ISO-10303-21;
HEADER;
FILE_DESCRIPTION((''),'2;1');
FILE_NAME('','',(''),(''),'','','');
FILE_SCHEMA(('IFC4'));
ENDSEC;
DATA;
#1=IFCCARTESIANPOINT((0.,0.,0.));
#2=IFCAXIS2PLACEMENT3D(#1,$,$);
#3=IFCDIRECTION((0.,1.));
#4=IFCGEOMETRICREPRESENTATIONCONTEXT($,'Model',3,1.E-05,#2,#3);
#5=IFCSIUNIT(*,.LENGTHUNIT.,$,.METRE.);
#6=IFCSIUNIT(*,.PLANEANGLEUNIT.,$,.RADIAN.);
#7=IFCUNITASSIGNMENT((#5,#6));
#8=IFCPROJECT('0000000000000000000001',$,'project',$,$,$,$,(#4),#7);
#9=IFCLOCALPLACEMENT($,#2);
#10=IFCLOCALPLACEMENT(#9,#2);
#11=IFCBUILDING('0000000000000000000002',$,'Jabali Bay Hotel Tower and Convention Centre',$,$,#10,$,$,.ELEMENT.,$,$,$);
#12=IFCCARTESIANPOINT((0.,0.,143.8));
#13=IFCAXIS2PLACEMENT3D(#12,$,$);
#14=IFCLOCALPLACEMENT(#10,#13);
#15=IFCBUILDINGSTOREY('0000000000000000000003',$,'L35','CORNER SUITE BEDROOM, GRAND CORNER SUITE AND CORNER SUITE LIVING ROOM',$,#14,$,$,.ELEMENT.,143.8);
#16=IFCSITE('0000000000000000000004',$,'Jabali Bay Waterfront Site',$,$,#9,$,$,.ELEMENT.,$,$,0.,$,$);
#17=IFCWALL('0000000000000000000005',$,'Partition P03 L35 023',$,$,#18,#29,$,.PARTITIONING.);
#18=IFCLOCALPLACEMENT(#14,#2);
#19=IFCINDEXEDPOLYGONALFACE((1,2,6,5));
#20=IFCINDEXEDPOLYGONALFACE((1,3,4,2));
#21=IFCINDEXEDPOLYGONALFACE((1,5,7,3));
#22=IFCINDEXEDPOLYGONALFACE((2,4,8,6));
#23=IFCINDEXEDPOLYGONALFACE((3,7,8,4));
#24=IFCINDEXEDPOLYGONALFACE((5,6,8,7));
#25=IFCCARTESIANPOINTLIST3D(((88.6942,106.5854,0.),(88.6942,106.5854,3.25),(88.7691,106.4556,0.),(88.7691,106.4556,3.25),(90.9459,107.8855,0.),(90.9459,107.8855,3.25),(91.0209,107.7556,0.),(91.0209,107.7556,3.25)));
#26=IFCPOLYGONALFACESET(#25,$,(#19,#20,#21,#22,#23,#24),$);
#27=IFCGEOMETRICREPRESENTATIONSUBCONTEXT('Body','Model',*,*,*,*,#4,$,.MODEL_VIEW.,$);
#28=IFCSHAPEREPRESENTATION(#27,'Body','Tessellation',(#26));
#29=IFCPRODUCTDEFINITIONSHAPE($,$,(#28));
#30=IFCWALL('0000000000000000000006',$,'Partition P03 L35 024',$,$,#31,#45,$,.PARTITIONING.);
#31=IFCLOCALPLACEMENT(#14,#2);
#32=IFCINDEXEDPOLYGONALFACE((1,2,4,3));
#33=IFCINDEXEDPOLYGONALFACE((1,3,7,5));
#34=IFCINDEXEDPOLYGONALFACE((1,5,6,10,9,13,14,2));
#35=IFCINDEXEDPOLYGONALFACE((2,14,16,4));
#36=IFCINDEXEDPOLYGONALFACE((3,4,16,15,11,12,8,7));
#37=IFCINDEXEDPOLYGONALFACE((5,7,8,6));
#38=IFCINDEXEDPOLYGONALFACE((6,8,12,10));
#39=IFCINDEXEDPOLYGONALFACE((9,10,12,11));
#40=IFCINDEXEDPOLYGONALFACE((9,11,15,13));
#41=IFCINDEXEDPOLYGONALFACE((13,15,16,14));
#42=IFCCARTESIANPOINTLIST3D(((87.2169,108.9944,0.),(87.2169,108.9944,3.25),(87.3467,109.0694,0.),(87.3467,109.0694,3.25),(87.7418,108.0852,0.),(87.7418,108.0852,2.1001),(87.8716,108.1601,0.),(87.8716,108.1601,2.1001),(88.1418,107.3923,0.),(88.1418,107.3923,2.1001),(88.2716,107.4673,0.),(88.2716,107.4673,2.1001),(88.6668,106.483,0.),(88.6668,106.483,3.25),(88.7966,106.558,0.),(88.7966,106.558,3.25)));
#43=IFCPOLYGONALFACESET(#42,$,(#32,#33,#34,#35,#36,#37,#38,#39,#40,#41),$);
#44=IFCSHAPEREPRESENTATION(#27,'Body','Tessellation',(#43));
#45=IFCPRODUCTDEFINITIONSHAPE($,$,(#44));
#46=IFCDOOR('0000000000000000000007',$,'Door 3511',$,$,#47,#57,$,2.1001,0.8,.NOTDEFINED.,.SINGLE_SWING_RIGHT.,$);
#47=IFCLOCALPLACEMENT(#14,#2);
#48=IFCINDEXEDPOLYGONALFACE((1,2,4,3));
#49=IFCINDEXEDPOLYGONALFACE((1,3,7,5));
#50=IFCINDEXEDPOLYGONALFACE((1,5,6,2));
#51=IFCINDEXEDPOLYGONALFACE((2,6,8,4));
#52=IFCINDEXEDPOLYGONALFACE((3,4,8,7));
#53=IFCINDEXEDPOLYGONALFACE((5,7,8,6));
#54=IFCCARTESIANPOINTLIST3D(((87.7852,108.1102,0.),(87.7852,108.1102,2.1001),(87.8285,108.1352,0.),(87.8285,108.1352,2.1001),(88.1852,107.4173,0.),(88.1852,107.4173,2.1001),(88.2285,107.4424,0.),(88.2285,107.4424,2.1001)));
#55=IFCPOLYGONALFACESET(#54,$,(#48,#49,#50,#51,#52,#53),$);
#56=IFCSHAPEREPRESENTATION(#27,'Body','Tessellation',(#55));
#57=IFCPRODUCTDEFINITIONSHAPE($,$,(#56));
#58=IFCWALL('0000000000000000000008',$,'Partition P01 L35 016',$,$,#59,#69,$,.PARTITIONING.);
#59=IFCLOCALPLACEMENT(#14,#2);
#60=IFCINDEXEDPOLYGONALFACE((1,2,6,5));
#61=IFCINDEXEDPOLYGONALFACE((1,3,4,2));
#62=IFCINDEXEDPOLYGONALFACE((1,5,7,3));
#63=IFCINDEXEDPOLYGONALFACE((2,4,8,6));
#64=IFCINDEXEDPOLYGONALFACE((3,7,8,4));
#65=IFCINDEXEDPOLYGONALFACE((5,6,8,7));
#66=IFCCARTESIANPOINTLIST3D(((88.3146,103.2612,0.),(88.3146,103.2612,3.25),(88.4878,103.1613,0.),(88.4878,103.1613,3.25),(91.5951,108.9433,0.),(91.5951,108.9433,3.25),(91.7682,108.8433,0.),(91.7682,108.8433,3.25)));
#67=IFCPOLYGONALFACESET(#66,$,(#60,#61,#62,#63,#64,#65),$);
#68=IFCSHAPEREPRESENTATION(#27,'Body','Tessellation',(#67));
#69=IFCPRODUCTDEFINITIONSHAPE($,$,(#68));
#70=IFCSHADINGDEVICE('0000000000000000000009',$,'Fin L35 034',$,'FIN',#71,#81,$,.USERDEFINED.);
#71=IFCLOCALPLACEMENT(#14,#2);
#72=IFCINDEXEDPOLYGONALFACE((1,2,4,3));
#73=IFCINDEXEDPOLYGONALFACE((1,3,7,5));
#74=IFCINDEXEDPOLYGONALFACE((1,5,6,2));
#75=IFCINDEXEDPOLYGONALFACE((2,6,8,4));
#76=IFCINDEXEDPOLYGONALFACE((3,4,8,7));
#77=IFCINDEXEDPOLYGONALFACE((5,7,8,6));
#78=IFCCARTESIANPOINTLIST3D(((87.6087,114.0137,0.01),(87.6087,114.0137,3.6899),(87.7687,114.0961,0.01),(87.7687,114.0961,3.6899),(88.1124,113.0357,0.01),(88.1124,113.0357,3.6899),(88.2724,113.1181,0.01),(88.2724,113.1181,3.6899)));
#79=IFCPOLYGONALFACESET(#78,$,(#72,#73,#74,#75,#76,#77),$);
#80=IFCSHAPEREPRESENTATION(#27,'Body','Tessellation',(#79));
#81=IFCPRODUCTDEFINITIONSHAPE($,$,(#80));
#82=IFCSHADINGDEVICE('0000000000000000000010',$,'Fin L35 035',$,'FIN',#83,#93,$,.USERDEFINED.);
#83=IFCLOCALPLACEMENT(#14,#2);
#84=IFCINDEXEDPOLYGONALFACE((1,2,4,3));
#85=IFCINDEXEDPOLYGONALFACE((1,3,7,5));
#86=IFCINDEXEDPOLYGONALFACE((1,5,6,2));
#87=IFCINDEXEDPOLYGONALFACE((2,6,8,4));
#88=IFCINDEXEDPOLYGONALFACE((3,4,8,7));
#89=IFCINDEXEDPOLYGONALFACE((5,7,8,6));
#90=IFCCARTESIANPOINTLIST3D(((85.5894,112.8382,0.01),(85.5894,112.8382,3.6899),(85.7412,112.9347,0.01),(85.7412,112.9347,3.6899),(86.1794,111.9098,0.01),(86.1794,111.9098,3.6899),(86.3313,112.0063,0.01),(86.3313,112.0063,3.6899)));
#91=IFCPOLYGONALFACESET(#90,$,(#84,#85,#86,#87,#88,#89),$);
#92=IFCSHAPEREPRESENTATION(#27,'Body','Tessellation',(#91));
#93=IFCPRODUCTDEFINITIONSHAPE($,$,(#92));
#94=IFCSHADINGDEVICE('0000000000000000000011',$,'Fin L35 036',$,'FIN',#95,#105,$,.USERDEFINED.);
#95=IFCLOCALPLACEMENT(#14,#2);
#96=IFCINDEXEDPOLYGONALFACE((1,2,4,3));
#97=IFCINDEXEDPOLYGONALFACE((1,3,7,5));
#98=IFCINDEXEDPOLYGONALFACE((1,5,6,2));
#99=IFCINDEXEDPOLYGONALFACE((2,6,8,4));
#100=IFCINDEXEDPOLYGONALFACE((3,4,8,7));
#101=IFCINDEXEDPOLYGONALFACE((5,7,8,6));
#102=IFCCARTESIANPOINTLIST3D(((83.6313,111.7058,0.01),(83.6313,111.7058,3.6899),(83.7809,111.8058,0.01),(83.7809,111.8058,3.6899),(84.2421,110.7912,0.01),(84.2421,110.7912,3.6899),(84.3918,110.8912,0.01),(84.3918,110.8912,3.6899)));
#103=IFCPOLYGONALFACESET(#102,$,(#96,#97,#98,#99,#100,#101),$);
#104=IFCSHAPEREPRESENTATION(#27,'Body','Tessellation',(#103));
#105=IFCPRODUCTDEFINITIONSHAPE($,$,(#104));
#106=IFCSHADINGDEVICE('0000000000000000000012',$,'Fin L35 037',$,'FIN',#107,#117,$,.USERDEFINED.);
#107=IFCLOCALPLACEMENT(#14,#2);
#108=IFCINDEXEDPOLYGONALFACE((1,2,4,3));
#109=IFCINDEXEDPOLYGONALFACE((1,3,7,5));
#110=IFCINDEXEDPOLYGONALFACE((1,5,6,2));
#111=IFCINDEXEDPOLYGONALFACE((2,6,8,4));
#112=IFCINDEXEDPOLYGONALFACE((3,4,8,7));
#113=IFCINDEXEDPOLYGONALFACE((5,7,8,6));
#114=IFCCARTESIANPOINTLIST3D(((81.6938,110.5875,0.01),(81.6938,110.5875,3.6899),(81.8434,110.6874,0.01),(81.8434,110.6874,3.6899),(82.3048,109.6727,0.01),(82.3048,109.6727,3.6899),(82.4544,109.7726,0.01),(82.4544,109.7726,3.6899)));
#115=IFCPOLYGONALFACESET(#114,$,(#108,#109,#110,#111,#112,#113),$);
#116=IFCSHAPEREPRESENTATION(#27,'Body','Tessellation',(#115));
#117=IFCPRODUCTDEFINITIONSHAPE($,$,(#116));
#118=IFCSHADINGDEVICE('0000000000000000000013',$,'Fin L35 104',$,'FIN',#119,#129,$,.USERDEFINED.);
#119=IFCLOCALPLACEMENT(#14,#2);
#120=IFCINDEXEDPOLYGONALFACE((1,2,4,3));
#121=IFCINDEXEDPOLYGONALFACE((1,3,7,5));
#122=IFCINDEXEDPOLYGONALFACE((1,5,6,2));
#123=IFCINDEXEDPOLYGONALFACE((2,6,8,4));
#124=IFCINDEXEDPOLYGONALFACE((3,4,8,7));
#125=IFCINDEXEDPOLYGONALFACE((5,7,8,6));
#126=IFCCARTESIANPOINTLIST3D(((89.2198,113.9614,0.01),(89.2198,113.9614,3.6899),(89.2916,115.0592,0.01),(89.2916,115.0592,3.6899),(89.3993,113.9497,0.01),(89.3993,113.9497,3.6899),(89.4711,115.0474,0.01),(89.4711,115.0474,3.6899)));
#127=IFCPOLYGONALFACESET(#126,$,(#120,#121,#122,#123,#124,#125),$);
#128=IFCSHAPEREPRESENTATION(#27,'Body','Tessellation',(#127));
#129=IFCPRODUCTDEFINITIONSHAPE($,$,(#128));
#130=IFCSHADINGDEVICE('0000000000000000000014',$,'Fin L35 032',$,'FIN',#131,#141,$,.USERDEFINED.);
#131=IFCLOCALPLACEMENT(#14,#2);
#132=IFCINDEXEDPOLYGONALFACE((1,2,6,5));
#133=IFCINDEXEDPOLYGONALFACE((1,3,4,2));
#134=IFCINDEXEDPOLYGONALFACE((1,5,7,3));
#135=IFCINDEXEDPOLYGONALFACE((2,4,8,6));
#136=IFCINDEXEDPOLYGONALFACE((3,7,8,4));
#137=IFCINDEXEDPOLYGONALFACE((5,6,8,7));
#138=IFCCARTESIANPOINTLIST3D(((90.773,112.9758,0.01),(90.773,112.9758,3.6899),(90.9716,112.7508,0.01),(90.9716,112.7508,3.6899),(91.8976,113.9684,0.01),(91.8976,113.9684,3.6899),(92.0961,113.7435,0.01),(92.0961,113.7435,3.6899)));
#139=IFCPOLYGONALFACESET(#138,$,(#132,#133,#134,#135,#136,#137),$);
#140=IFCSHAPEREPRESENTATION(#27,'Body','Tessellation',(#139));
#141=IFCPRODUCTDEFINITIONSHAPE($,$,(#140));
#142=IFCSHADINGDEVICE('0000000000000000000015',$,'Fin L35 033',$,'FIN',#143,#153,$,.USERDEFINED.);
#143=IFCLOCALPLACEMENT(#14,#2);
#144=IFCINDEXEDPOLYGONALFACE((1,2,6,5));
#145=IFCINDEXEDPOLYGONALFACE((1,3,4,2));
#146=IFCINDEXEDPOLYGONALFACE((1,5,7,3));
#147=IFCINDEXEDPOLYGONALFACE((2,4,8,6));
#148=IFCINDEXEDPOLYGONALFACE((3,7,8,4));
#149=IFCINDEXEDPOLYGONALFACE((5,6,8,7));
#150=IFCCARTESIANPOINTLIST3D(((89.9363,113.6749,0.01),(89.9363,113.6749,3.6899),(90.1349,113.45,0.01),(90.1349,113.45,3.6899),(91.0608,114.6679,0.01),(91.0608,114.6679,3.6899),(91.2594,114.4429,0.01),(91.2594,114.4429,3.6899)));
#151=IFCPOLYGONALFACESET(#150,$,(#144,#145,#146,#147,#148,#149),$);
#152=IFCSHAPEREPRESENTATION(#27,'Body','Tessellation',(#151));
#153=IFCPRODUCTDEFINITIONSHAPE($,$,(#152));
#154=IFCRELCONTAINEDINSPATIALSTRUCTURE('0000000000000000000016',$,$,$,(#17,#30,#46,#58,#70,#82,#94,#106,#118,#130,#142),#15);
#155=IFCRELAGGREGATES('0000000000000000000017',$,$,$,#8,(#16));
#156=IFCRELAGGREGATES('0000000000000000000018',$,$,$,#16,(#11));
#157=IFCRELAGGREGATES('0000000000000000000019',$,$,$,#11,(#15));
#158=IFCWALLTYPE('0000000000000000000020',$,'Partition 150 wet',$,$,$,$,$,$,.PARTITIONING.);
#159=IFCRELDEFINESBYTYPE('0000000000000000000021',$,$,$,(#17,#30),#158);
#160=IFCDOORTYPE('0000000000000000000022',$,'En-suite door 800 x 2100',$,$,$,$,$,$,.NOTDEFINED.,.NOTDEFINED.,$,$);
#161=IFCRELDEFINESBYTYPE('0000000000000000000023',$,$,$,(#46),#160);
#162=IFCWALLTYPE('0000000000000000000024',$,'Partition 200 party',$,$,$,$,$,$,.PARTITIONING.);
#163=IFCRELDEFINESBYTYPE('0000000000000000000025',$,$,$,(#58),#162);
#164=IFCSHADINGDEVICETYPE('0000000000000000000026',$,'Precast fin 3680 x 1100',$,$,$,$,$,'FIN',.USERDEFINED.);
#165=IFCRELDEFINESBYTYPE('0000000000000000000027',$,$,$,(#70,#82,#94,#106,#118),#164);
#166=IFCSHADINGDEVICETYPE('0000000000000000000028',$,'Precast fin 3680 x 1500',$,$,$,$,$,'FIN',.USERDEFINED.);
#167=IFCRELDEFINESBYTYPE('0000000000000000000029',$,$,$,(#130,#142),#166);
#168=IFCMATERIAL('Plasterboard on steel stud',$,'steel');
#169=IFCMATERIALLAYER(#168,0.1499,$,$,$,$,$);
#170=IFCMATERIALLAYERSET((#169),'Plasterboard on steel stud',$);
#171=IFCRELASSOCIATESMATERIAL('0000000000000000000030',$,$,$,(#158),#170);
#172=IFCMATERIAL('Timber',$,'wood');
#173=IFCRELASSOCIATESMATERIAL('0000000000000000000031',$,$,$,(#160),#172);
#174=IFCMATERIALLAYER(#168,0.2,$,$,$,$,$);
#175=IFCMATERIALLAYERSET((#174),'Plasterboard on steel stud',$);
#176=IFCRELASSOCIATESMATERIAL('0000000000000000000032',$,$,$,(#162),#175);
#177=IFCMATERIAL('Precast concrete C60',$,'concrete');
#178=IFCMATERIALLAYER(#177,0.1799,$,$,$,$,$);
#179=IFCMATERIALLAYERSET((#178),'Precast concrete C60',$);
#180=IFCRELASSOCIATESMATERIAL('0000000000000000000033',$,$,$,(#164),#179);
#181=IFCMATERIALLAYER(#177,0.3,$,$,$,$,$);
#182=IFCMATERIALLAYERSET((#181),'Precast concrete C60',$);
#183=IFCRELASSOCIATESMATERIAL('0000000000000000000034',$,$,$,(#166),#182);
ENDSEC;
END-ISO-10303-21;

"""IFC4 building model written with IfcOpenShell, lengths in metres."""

from ifc_helpers import new_model, si_unit, direction, frame, frame_2d, origin, place, context, subcontext, project, spatial, rectangle, extrude, material, layer, layer_set, type_object, element, fill, save


model = new_model("IFC4")

# Units and contexts
model_context = context("Model", 3, precision=1e-05, world=origin(), true_north=direction((0.0, 1.0)))
body_context = subcontext(model_context, "Body", "Model", "MODEL_VIEW")
ifc_project = project(units=[si_unit("LENGTHUNIT", "METRE"), si_unit("PLANEANGLEUNIT", "RADIAN")], contexts=[model_context])

# Site, building, storey
site_placement = place(None, origin())
site = spatial("IfcSite", under=ifc_project, at=site_placement, Name="Jabali Bay Waterfront Site", CompositionType="ELEMENT", RefElevation=0.0)
building_placement = place(site_placement, origin())
building = spatial("IfcBuilding", under=site, at=building_placement, Name="Jabali Bay Hotel Tower and Convention Centre", CompositionType="ELEMENT")
storey_placement = place(building_placement, frame((0.0, 0.0, 143.8)))
storey = spatial("IfcBuildingStorey", under=building, at=storey_placement, Name="L35", Description="CORNER SUITE BEDROOM, GRAND CORNER SUITE AND CORNER SUITE LIVING ROOM", CompositionType="ELEMENT", Elevation=143.8)

# Wall
ifc_material_1 = material(Name="Plasterboard on steel stud", Category="steel")
ifc_layer_1 = layer(ifc_material_1, 0.1499)
ifc_layer_set_1 = layer_set([ifc_layer_1], Name="Plasterboard on steel stud")
wall_type_1 = type_object("IfcWallType", Name="Partition 150 wet", PredefinedType="PARTITIONING", material=ifc_layer_set_1)
wall_1_placement = place(storey_placement, frame((90.9834, 107.8206, 0.0), z_axis=(0.0, 0.0, 1.0), x_axis=(-0.866021, -0.500007, 0.0)))
element("IfcWall", 1, at=wall_1_placement, inside=storey, type_object=wall_type_1, Name="Partition P03 L35 023", PredefinedType="PARTITIONING", context=body_context, shape_type="SweptSolid", body=[
    extrude(rectangle(XDim=2.6001, YDim=0.1499, at=frame_2d((1.3, 0.0))), origin(), (0.0, 0.0, 1.0), 3.25),
])

# Wall, opening, door
wall_2_placement = place(storey_placement, frame((88.7317, 106.5205, 0.0), z_axis=(0.0, 0.0, 1.0), x_axis=(-0.499987, 0.866033, 0.0)))
wall_2 = element("IfcWall", 2, at=wall_2_placement, inside=storey, type_object=wall_type_1, Name="Partition P03 L35 024", PredefinedType="PARTITIONING", context=body_context, shape_type="SweptSolid", body=[
    extrude(rectangle(XDim=2.8999, YDim=0.1499, at=frame_2d((1.45, 0.0))), origin(), (0.0, 0.0, 1.0), 3.25),
])
opening_1_placement = place(wall_2_placement, frame((1.05, 0.0, 0.0)))
opening_1 = element("IfcOpeningElement", 3, at=opening_1_placement, cuts=wall_2, PredefinedType="OPENING", context=body_context, shape_type="SweptSolid", body=[
    extrude(rectangle(XDim=0.8, YDim=2.1001, at=frame_2d((0.3999, 1.05))), frame((0.0, 0.0854, 0.0), z_axis=(0.0, -1.0, 0.0), x_axis=(1.0, 0.0, 0.0)), (0.0, 0.0, 1.0), 0.1709),
])
ifc_material_2 = material(Name="Timber", Category="wood")
door_type = type_object("IfcDoorType", Name="En-suite door 800 x 2100", OperationType="NOTDEFINED", PredefinedType="NOTDEFINED", material=ifc_material_2)
door_placement = place(opening_1_placement, origin())
door = element("IfcDoor", 4, at=door_placement, inside=storey, type_object=door_type, Name="Door 3511", OperationType="SINGLE_SWING_RIGHT", OverallHeight=2.1001, OverallWidth=0.8, PredefinedType="NOTDEFINED", context=body_context, shape_type="SweptSolid", body=[
    extrude(rectangle(XDim=0.8, YDim=2.1001, at=frame_2d((0.3999, 1.05))), frame((0.0, 0.0249, 0.0), z_axis=(0.0, -1.0, 0.0), x_axis=(1.0, 0.0, 0.0)), (0.0, 0.0, 1.0), 0.05),
])
fill(opening_1, door)

# Wall
ifc_layer_2 = layer(ifc_material_1, 0.2)
ifc_layer_set_2 = layer_set([ifc_layer_2], Name="Plasterboard on steel stud")
wall_type_2 = type_object("IfcWallType", Name="Partition 200 party", PredefinedType="PARTITIONING", material=ifc_layer_set_2)
wall_3_placement = place(storey_placement, frame((91.6816, 108.8933, 0.0), z_axis=(0.0, 0.0, 1.0), x_axis=(-0.499993, -0.866029, 0.0)))
element("IfcWall", 5, at=wall_3_placement, inside=storey, type_object=wall_type_2, Name="Partition P01 L35 016", PredefinedType="PARTITIONING", context=body_context, shape_type="SweptSolid", body=[
    extrude(rectangle(XDim=6.561, YDim=0.2, at=frame_2d((3.2805, 0.0))), origin(), (0.0, 0.0, 1.0), 3.25),
])

# Shading devices
ifc_material_3 = material(Name="Precast concrete C60", Category="concrete")
ifc_layer_3 = layer(ifc_material_3, 0.1799)
ifc_layer_set_3 = layer_set([ifc_layer_3], Name="Precast concrete C60")
shading_device_type_1 = type_object("IfcShadingDeviceType", Name="Precast fin 3680 x 1100", ElementType="FIN", PredefinedType="USERDEFINED", material=ifc_layer_set_3)
for number, where, z_axis, x_axis, name in (
    (6, (88.1924, 113.0769, 0.01), (0.0, 0.0, 1.0), (-0.457834, 0.889038, 0.0), "Fin L35 034"),
    (7, (86.2554, 111.958, 0.01), (0.0, 0.0, 1.0), (-0.536387, 0.843972, 0.0), "Fin L35 035"),
):
    element("IfcShadingDevice", number, at=place(storey_placement, frame(where, z_axis=z_axis, x_axis=x_axis)), inside=storey, type_object=shading_device_type_1, Name=name, ObjectType="FIN", PredefinedType="USERDEFINED", context=body_context, shape_type="SweptSolid", body=[
        extrude(rectangle(XDim=1.1001, YDim=0.1799, at=frame_2d((0.55, 0.0))), origin(), (0.0, 0.0, 1.0), 3.6799),
    ])
shading_device_1_placement = place(storey_placement, frame((84.3169, 110.8413, 0.01), z_axis=(0.0, 0.0, 1.0), x_axis=(-0.555417, 0.831572, 0.0)))
element("IfcShadingDevice", 8, at=shading_device_1_placement, inside=storey, type_object=shading_device_type_1, Name="Fin L35 036", ObjectType="FIN", PredefinedType="USERDEFINED", context=body_context, shape_type="SweptSolid", body=[
    extrude(rectangle(XDim=1.0999, YDim=0.1799, at=frame_2d((0.5498, 0.0))), origin(), (0.0, 0.0, 1.0), 3.6799),
])
for number, where, z_axis, x_axis, name in (
    (9, (82.3796, 109.7227, 0.01), (0.0, 0.0, 1.0), (-0.555468, 0.831538, 0.0), "Fin L35 037"),
    (10, (89.3096, 113.9556, 0.01), (0.0, 0.0, 1.0), (0.065252, 0.997869, 0.0), "Fin L35 104"),
):
    element("IfcShadingDevice", number, at=place(storey_placement, frame(where, z_axis=z_axis, x_axis=x_axis)), inside=storey, type_object=shading_device_type_1, Name=name, ObjectType="FIN", PredefinedType="USERDEFINED", context=body_context, shape_type="SweptSolid", body=[
        extrude(rectangle(XDim=1.1001, YDim=0.1799, at=frame_2d((0.55, 0.0))), origin(), (0.0, 0.0, 1.0), 3.6799),
    ])
ifc_layer_4 = layer(ifc_material_3, 0.3)
ifc_layer_set_4 = layer_set([ifc_layer_4], Name="Precast concrete C60")
shading_device_type_2 = type_object("IfcShadingDeviceType", Name="Precast fin 3680 x 1500", ElementType="FIN", PredefinedType="USERDEFINED", material=ifc_layer_set_4)
shading_device_2_placement = place(storey_placement, frame((90.8723, 112.8633, 0.01), z_axis=(0.0, 0.0, 1.0), x_axis=(0.749686, 0.661794, 0.0)))
element("IfcShadingDevice", 11, at=shading_device_2_placement, inside=storey, type_object=shading_device_type_2, Name="Fin L35 032", ObjectType="FIN", PredefinedType="USERDEFINED", context=body_context, shape_type="SweptSolid", body=[
    extrude(rectangle(XDim=1.5, YDim=0.3, at=frame_2d((0.75, 0.0))), origin(), (0.0, 0.0, 1.0), 3.6799),
])
shading_device_3_placement = place(storey_placement, frame((90.0356, 113.5625, 0.01), z_axis=(0.0, 0.0, 1.0), x_axis=(0.749605, 0.661885, 0.0)))
element("IfcShadingDevice", 12, at=shading_device_3_placement, inside=storey, type_object=shading_device_type_2, Name="Fin L35 033", ObjectType="FIN", PredefinedType="USERDEFINED", context=body_context, shape_type="SweptSolid", body=[
    extrude(rectangle(XDim=1.5002, YDim=0.3, at=frame_2d((0.75, 0.0))), origin(), (0.0, 0.0, 1.0), 3.6799),
])

save(model, "model.ifc")
